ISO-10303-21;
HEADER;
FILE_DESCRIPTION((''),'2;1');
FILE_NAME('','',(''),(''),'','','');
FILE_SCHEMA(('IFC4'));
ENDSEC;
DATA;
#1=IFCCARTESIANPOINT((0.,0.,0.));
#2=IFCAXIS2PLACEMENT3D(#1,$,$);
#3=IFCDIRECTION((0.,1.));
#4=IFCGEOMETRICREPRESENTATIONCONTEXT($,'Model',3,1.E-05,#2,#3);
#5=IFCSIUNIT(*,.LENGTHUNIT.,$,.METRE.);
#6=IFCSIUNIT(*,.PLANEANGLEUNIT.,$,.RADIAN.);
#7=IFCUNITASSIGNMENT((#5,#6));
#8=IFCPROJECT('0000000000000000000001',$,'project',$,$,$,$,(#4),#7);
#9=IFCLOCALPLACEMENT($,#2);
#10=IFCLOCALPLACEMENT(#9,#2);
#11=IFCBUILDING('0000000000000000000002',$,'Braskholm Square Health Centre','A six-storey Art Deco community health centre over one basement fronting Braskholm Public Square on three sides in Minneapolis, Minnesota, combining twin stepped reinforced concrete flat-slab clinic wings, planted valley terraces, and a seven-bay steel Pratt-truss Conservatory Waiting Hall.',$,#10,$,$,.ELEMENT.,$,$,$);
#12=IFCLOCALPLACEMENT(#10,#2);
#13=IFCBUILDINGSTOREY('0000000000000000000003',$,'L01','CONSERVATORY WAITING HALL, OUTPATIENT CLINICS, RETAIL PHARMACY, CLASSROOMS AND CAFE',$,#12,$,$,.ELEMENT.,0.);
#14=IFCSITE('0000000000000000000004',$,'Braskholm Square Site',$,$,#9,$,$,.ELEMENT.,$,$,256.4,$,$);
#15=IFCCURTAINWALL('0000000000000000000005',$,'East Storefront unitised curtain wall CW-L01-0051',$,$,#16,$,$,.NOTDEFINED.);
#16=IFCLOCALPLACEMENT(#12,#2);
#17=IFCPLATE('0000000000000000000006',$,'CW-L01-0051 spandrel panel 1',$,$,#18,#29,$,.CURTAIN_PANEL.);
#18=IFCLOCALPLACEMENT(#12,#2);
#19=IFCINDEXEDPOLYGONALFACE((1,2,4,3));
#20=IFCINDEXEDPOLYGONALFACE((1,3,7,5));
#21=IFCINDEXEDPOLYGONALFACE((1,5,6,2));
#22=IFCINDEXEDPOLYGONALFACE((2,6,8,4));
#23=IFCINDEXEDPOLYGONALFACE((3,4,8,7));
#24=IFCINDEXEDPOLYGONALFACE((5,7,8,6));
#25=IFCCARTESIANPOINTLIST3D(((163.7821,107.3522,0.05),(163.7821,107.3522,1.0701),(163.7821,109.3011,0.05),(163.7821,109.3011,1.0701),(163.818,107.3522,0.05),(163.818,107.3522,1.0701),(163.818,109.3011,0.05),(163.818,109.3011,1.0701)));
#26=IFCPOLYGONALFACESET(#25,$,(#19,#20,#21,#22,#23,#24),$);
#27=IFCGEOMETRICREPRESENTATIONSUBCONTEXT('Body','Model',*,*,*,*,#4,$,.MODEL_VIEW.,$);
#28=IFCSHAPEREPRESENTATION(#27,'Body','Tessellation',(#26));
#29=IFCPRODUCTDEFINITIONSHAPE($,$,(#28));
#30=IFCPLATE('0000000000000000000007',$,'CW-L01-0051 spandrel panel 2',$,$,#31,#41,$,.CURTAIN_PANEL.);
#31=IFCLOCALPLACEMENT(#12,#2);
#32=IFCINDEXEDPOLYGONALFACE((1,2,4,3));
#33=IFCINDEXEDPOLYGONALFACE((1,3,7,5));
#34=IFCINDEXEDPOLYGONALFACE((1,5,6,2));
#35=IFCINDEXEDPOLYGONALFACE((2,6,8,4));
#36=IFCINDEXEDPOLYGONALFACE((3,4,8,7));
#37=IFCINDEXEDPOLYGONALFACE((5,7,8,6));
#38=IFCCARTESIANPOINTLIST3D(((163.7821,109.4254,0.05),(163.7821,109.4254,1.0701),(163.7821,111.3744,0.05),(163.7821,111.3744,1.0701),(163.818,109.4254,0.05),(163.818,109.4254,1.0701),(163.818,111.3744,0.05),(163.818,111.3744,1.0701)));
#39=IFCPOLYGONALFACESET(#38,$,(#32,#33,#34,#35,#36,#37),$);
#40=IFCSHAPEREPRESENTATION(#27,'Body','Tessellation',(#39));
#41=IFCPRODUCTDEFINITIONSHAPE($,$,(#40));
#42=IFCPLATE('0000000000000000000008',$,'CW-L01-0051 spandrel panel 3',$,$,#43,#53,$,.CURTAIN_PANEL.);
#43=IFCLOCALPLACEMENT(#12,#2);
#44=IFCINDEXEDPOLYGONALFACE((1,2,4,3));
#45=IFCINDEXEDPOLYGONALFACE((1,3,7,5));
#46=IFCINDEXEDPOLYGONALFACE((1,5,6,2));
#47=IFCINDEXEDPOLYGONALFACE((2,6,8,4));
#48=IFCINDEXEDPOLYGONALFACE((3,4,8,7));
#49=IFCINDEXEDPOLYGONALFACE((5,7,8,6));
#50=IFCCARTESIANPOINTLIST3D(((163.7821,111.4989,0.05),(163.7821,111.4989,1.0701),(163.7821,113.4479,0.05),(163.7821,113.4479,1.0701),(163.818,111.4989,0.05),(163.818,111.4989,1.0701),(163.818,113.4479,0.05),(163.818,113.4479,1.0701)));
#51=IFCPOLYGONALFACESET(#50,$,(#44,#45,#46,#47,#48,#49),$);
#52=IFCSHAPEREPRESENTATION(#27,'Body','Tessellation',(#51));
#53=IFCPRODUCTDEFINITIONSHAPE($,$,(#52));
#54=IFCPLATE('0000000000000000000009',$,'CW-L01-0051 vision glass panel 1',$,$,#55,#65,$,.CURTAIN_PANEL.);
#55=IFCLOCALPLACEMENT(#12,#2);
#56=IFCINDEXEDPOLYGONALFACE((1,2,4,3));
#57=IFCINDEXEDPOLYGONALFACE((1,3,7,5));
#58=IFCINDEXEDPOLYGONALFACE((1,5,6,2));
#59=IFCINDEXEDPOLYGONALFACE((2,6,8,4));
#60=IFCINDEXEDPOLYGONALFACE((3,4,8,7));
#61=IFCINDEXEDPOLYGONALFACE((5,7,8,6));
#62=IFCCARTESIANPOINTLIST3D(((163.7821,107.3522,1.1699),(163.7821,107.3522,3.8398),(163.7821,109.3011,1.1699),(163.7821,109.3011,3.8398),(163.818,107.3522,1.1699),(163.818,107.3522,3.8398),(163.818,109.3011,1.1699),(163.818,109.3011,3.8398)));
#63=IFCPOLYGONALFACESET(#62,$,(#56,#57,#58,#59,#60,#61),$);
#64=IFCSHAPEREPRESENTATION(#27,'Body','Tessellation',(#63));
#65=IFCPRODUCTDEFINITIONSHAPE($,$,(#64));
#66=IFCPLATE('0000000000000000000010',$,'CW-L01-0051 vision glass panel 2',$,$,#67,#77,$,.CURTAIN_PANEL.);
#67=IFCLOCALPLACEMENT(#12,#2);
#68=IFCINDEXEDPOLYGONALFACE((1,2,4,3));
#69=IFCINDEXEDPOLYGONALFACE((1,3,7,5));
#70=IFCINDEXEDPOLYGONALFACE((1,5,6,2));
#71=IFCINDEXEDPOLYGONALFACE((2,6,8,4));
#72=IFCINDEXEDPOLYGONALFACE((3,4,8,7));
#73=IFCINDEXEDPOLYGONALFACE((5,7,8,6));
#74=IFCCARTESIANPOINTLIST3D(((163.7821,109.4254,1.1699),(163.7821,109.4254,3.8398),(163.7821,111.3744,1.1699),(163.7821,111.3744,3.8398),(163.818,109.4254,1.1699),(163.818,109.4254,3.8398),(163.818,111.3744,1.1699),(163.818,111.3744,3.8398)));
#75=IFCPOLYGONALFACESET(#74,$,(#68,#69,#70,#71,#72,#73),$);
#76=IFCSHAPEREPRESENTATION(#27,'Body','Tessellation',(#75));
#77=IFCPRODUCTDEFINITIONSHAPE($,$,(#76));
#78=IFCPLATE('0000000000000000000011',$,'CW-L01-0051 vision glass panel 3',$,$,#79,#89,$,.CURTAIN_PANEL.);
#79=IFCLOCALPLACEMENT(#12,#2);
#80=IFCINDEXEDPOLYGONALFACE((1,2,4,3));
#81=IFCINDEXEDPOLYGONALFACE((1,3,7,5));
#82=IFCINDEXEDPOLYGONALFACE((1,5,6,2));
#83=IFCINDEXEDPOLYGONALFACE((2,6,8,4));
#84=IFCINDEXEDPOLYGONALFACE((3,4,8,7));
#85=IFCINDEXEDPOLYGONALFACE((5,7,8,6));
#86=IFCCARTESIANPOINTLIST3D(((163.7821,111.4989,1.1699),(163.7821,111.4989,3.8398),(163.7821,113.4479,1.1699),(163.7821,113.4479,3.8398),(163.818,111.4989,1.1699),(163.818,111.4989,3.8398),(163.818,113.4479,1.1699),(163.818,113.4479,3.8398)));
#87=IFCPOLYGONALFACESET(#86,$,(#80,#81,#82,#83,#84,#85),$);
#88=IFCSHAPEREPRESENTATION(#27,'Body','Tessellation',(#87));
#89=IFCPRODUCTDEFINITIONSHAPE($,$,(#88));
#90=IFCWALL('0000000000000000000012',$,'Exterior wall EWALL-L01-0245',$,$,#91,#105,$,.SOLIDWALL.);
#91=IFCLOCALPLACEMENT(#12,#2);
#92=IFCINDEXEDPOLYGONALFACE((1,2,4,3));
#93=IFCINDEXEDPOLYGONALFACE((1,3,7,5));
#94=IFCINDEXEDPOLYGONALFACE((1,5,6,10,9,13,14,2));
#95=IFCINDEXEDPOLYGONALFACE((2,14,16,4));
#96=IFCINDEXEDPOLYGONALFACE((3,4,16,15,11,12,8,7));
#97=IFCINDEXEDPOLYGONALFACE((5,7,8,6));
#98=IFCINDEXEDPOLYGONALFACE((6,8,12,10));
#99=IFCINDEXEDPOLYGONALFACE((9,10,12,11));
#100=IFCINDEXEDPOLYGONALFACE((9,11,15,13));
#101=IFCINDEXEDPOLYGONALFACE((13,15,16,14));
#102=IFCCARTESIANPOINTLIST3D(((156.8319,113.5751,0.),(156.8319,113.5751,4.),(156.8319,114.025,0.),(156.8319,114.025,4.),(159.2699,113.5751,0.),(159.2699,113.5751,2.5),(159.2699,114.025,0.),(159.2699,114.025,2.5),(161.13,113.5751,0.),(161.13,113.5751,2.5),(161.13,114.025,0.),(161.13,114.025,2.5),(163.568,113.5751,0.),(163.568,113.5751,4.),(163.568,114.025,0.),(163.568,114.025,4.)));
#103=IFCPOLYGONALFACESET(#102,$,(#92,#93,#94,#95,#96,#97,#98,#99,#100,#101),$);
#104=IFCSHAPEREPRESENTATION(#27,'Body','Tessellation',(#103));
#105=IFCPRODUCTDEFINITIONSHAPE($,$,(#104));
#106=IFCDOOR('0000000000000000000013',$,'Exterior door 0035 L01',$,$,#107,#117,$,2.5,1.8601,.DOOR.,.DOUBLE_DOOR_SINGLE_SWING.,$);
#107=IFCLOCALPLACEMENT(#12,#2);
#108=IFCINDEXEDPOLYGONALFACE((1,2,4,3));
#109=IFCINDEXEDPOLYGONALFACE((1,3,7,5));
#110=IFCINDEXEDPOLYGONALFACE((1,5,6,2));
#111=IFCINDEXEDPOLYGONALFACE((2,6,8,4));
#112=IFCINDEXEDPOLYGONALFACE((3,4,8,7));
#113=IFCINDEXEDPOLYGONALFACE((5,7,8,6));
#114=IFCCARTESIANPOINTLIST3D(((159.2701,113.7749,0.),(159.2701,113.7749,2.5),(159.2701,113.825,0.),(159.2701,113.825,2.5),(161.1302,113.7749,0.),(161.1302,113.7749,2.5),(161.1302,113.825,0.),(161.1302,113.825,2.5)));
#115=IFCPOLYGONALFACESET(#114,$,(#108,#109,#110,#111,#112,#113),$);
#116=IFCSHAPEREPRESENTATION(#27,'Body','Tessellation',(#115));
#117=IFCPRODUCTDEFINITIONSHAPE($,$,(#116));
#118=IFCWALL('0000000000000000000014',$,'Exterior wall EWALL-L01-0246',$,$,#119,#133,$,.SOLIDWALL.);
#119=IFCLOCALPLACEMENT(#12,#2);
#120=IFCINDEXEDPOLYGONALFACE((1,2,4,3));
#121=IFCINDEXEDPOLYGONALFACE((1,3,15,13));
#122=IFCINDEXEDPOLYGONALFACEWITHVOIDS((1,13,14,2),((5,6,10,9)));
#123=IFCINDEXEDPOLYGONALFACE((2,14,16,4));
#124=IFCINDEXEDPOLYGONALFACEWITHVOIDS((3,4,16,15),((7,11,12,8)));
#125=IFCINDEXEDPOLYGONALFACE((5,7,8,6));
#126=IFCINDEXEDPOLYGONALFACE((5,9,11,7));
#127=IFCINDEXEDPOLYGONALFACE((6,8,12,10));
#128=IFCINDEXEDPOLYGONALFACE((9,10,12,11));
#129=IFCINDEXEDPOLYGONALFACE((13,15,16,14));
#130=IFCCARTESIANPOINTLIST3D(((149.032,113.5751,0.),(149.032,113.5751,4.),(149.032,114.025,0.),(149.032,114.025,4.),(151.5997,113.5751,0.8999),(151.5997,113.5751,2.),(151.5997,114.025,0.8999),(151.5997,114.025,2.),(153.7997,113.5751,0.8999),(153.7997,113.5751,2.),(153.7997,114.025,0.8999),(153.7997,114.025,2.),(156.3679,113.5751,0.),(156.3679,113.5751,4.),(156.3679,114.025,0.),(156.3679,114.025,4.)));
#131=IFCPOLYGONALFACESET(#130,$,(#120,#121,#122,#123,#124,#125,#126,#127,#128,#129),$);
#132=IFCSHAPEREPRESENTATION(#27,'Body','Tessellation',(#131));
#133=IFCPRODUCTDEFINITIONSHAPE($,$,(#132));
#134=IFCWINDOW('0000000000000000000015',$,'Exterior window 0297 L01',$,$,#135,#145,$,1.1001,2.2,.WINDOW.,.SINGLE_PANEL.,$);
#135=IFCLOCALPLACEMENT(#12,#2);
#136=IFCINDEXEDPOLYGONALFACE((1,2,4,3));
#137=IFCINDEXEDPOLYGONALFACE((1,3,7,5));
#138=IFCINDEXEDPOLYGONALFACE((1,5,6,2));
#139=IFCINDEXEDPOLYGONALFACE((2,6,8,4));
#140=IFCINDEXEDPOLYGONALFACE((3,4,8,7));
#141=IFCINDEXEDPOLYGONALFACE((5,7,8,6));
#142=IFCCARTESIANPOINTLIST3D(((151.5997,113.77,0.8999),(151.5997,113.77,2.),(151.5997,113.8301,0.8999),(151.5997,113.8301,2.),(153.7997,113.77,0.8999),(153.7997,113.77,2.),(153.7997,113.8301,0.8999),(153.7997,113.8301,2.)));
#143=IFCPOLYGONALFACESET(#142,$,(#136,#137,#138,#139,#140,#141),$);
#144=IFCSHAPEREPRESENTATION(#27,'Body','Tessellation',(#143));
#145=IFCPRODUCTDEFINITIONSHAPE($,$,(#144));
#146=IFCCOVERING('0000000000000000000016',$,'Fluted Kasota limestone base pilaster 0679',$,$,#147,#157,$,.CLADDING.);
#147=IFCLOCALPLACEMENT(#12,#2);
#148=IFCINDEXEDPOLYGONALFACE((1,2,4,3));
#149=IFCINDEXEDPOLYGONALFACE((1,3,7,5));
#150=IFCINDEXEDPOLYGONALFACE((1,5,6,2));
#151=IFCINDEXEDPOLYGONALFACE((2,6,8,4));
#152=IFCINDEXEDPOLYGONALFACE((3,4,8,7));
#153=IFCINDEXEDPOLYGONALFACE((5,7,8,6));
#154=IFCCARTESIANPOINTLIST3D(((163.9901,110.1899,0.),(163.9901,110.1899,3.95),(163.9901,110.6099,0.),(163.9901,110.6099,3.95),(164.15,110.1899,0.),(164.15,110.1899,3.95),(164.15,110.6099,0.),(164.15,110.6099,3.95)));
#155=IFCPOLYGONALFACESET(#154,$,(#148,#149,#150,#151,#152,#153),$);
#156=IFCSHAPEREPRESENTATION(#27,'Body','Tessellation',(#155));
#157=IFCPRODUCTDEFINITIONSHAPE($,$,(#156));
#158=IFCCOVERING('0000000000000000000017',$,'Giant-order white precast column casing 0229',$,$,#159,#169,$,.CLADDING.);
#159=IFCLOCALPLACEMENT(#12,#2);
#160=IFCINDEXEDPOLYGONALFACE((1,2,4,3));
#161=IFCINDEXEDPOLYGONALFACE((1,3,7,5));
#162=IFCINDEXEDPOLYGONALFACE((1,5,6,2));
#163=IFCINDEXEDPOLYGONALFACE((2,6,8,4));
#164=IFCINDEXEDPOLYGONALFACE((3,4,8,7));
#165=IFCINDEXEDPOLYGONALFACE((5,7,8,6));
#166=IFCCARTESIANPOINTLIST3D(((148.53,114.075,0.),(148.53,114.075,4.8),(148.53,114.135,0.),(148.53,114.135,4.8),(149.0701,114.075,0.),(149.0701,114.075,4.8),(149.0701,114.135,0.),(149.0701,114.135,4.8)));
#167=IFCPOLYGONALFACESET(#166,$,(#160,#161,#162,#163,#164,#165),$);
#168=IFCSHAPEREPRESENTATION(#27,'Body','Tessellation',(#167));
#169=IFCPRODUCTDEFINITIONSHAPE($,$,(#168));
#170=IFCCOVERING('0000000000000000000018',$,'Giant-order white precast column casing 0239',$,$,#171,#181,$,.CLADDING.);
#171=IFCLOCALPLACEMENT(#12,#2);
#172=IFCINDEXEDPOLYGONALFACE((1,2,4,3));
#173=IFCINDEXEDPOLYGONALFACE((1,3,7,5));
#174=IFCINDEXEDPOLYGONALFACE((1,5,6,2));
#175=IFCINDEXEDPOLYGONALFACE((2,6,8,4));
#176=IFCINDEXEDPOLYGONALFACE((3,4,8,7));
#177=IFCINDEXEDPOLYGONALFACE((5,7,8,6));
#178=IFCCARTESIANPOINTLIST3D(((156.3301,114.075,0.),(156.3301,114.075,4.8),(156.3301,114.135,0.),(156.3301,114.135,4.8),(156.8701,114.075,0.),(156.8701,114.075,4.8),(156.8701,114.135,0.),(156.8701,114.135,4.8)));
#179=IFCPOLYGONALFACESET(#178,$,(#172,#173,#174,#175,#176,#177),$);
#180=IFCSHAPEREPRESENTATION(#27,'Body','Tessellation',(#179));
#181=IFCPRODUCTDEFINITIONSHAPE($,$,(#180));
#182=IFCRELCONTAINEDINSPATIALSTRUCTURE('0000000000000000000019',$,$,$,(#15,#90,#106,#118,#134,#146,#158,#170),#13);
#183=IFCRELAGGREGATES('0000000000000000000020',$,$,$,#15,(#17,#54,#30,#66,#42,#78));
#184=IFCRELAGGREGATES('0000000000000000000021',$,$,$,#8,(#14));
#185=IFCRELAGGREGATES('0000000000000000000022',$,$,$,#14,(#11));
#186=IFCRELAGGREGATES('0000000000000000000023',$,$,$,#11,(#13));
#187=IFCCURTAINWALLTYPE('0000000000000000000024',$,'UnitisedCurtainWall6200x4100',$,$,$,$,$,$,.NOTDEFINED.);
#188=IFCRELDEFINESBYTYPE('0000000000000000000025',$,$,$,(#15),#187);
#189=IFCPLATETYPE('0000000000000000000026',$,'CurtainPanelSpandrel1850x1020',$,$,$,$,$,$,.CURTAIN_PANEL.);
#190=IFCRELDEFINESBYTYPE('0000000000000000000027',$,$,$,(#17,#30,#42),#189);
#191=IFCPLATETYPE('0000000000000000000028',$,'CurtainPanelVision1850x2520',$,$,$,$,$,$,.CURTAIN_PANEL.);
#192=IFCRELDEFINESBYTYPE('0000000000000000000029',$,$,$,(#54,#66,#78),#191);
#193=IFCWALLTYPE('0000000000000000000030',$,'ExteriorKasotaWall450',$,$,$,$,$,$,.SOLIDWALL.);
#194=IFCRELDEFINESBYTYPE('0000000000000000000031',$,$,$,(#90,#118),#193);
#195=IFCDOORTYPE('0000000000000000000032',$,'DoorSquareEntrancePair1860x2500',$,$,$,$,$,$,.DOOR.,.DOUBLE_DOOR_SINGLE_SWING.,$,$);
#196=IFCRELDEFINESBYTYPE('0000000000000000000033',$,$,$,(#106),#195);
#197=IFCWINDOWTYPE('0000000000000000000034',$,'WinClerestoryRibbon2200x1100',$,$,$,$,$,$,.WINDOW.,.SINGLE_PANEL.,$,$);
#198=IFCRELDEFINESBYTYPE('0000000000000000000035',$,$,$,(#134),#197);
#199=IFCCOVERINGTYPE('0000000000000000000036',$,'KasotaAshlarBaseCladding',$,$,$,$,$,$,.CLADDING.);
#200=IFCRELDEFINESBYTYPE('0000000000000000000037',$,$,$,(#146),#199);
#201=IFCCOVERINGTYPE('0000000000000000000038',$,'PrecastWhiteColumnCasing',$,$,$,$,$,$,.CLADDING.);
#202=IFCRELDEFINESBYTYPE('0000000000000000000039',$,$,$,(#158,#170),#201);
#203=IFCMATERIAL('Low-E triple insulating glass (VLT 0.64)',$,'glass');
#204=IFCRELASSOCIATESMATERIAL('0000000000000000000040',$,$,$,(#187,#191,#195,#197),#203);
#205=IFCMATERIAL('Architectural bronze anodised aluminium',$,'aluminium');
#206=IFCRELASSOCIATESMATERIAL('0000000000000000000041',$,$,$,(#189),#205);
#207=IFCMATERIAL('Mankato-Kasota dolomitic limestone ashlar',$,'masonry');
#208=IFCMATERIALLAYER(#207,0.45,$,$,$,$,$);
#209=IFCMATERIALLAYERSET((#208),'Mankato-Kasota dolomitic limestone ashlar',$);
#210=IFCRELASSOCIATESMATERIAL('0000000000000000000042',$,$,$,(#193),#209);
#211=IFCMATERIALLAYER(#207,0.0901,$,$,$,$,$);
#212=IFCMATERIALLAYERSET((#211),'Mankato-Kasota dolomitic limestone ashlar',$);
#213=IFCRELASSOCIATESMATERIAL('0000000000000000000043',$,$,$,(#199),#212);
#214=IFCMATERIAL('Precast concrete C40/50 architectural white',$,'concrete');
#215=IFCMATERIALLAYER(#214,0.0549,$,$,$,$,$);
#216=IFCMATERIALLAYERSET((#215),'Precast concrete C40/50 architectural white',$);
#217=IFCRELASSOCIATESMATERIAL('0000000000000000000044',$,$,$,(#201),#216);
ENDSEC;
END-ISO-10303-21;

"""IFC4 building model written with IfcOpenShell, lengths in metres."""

from ifc_helpers import new_model, si_unit, direction, frame, frame_2d, origin, origin_with_axes, origin_2d, place, context, subcontext, project, spatial, rectangle, extrude, material, layer, layer_set, type_object, element, fill, aggregate, save


model = new_model("IFC4")

# Units and contexts
model_context = context("Model", 3, precision=1e-05, world=origin(), true_north=direction((0.0, 1.0)))
body_context = subcontext(model_context, "Body", "Model", "MODEL_VIEW")
ifc_project = project(units=[si_unit("LENGTHUNIT", "METRE"), si_unit("PLANEANGLEUNIT", "RADIAN")], contexts=[model_context])

# Site, building, storey
site_placement = place(None, origin())
site = spatial("IfcSite", under=ifc_project, at=site_placement, Name="Braskholm Square Site", CompositionType="ELEMENT", RefElevation=256.4)
building_placement = place(site_placement, origin())
building = spatial("IfcBuilding", under=site, at=building_placement, Name="Braskholm Square Health Centre", Description="A six-storey Art Deco community health centre over one basement fronting Braskholm Public Square on three sides in Minneapolis, Minnesota, combining twin stepped reinforced concrete flat-slab clinic wings, planted valley terraces, and a seven-bay steel Pratt-truss Conservatory Waiting Hall.", CompositionType="ELEMENT")
storey_placement = place(building_placement, origin())
storey = spatial("IfcBuildingStorey", under=building, at=storey_placement, Name="L01", Description="CONSERVATORY WAITING HALL, OUTPATIENT CLINICS, RETAIL PHARMACY, CLASSROOMS AND CAFE", CompositionType="ELEMENT", Elevation=0.0)

# Shared definitions
ifc_material_1 = material(Name="Precast concrete C40/50 architectural white", Category="concrete")

# Curtain wall
ifc_material_2 = material(Name="Low-E triple insulating glass (VLT 0.64)", Category="glass")
curtain_wall_type = type_object("IfcCurtainWallType", Name="UnitisedCurtainWall6200x4100", PredefinedType="NOTDEFINED", material=ifc_material_2)
curtain_wall_placement = place(storey_placement, origin())
curtain_wall = element("IfcCurtainWall", 1, at=curtain_wall_placement, inside=storey, type_object=curtain_wall_type, Name="East Storefront unitised curtain wall CW-L01-0051", PredefinedType="NOTDEFINED")
ifc_material_3 = material(Name="Architectural bronze anodised aluminium", Category="aluminium")

# Plates
plate_type_1 = type_object("IfcPlateType", Name="CurtainPanelSpandrel1850x1020", PredefinedType="CURTAIN_PANEL", material=ifc_material_3)
plate_1_placement = place(storey_placement, frame((163.8, 108.3267, 0.05), z_axis=(0.0, 0.0, 1.0), x_axis=(0.0, 1.0, 0.0)))
plate_1 = element("IfcPlate", 2, at=plate_1_placement, type_object=plate_type_1, Name="CW-L01-0051 spandrel panel 1", PredefinedType="CURTAIN_PANEL", context=body_context, shape_type="SweptSolid", body=[
    extrude(rectangle(XDim=1.949, YDim=0.0359, at=origin_2d()), origin(), (0.0, 0.0, 1.0), 1.02),
])
plate_2_placement = place(storey_placement, frame((163.8, 110.3999, 0.05), z_axis=(0.0, 0.0, 1.0), x_axis=(0.0, 1.0, 0.0)))
plate_2 = element("IfcPlate", 3, at=plate_2_placement, type_object=plate_type_1, Name="CW-L01-0051 spandrel panel 2", PredefinedType="CURTAIN_PANEL", context=body_context, shape_type="SweptSolid", body=[
    extrude(rectangle(XDim=1.949, YDim=0.0359, at=origin_2d()), origin(), (0.0, 0.0, 1.0), 1.02),
])
plate_3_placement = place(storey_placement, frame((163.8, 112.4734, 0.05), z_axis=(0.0, 0.0, 1.0), x_axis=(0.0, 1.0, 0.0)))
plate_3 = element("IfcPlate", 4, at=plate_3_placement, type_object=plate_type_1, Name="CW-L01-0051 spandrel panel 3", PredefinedType="CURTAIN_PANEL", context=body_context, shape_type="SweptSolid", body=[
    extrude(rectangle(XDim=1.949, YDim=0.0359, at=origin_2d()), origin(), (0.0, 0.0, 1.0), 1.02),
])
plate_type_2 = type_object("IfcPlateType", Name="CurtainPanelVision1850x2520", PredefinedType="CURTAIN_PANEL", material=ifc_material_2)
plate_4_placement = place(storey_placement, frame((163.8, 108.3267, 1.1699), z_axis=(0.0, 0.0, 1.0), x_axis=(0.0, 1.0, 0.0)))
plate_4 = element("IfcPlate", 5, at=plate_4_placement, type_object=plate_type_2, Name="CW-L01-0051 vision glass panel 1", PredefinedType="CURTAIN_PANEL", context=body_context, shape_type="SweptSolid", body=[
    extrude(rectangle(XDim=1.949, YDim=0.0359, at=origin_2d()), origin(), (0.0, 0.0, 1.0), 2.6699),
])
plate_5_placement = place(storey_placement, frame((163.8, 110.3999, 1.1699), z_axis=(0.0, 0.0, 1.0), x_axis=(0.0, 1.0, 0.0)))
plate_5 = element("IfcPlate", 6, at=plate_5_placement, type_object=plate_type_2, Name="CW-L01-0051 vision glass panel 2", PredefinedType="CURTAIN_PANEL", context=body_context, shape_type="SweptSolid", body=[
    extrude(rectangle(XDim=1.949, YDim=0.0359, at=origin_2d()), origin(), (0.0, 0.0, 1.0), 2.6699),
])
plate_6_placement = place(storey_placement, frame((163.8, 112.4734, 1.1699), z_axis=(0.0, 0.0, 1.0), x_axis=(0.0, 1.0, 0.0)))
plate_6 = element("IfcPlate", 7, at=plate_6_placement, type_object=plate_type_2, Name="CW-L01-0051 vision glass panel 3", PredefinedType="CURTAIN_PANEL", context=body_context, shape_type="SweptSolid", body=[
    extrude(rectangle(XDim=1.949, YDim=0.0359, at=origin_2d()), origin(), (0.0, 0.0, 1.0), 2.6699),
])
aggregate(curtain_wall, [plate_1, plate_4, plate_2, plate_5, plate_3, plate_6])

# Wall, opening, door
ifc_material_4 = material(Name="Mankato-Kasota dolomitic limestone ashlar", Category="masonry")
ifc_layer_1 = layer(ifc_material_4, 0.45)
ifc_layer_set_1 = layer_set([ifc_layer_1], Name="Mankato-Kasota dolomitic limestone ashlar")
wall_type = type_object("IfcWallType", Name="ExteriorKasotaWall450", PredefinedType="SOLIDWALL", material=ifc_layer_set_1)
wall_1_placement = place(storey_placement, frame((163.5681, 113.8, 0.0), z_axis=(0.0, 0.0, 1.0), x_axis=(-1.0, 0.0, 0.0)))
wall_1 = element("IfcWall", 8, at=wall_1_placement, inside=storey, type_object=wall_type, Name="Exterior wall EWALL-L01-0245", PredefinedType="SOLIDWALL", context=body_context, shape_type="SweptSolid", body=[
    extrude(rectangle(XDim=6.7361, YDim=0.45, at=frame_2d((3.3682, 0.0))), origin(), (0.0, 0.0, 1.0), 4.0),
])
opening_1_placement = place(wall_1_placement, frame((2.438, 0.0, 0.0)))
opening_1 = element("IfcOpeningElement", 9, at=opening_1_placement, cuts=wall_1, PredefinedType="OPENING", context=body_context, shape_type="SweptSolid", body=[
    extrude(rectangle(XDim=1.8601, YDim=2.5, at=frame_2d((0.9302, 1.25))), frame((0.0, 0.2349, 0.0), z_axis=(0.0, -1.0, 0.0), x_axis=(1.0, 0.0, 0.0)), (0.0, 0.0, 1.0), 0.47),
])
door_type = type_object("IfcDoorType", Name="DoorSquareEntrancePair1860x2500", OperationType="DOUBLE_DOOR_SINGLE_SWING", PredefinedType="DOOR", material=ifc_material_2)
door_placement = place(opening_1_placement, frame((1.8601, 0.0, 0.0), z_axis=(0.0, 0.0, 1.0), x_axis=(-1.0, 0.0, 0.0)))
door = element("IfcDoor", 10, at=door_placement, inside=storey, type_object=door_type, Name="Exterior door 0035 L01", OperationType="DOUBLE_DOOR_SINGLE_SWING", OverallHeight=2.5, OverallWidth=1.8601, PredefinedType="DOOR", context=body_context, shape_type="SweptSolid", body=[
    extrude(rectangle(XDim=1.8601, YDim=2.5, at=frame_2d((0.9302, 1.25))), frame((0.0, 0.0249, 0.0), z_axis=(0.0, -1.0, 0.0), x_axis=(1.0, 0.0, 0.0)), (0.0, 0.0, 1.0), 0.05),
])
fill(opening_1, door)

# Wall, opening, window
wall_2_placement = place(storey_placement, frame((156.3679, 113.8, 0.0), z_axis=(0.0, 0.0, 1.0), x_axis=(-1.0, 0.0, 0.0)))
wall_2 = element("IfcWall", 11, at=wall_2_placement, inside=storey, type_object=wall_type, Name="Exterior wall EWALL-L01-0246", PredefinedType="SOLIDWALL", context=body_context, shape_type="SweptSolid", body=[
    extrude(rectangle(XDim=7.3359, YDim=0.45, at=frame_2d((3.668, 0.0))), origin(), (0.0, 0.0, 1.0), 4.0),
])
opening_2_placement = place(wall_2_placement, frame((2.5681, 0.0, 0.8999)))
opening_2 = element("IfcOpeningElement", 12, at=opening_2_placement, cuts=wall_2, PredefinedType="OPENING", context=body_context, shape_type="SweptSolid", body=[
    extrude(rectangle(XDim=2.2, YDim=1.1001, at=frame_2d((1.1001, 0.55))), frame((0.0, 0.2349, 0.0), z_axis=(0.0, -1.0, 0.0), x_axis=(1.0, 0.0, 0.0)), (0.0, 0.0, 1.0), 0.47),
])
window_type = type_object("IfcWindowType", Name="WinClerestoryRibbon2200x1100", PartitioningType="SINGLE_PANEL", PredefinedType="WINDOW", material=ifc_material_2)
window_placement = place(opening_2_placement, origin_with_axes())
window = element("IfcWindow", 13, at=window_placement, inside=storey, type_object=window_type, Name="Exterior window 0297 L01", OverallHeight=1.1001, OverallWidth=2.2, PartitioningType="SINGLE_PANEL", PredefinedType="WINDOW", context=body_context, shape_type="SweptSolid", body=[
    extrude(rectangle(XDim=2.2, YDim=1.1001, at=frame_2d((1.1001, 0.55))), frame((0.0, 0.03, 0.0), z_axis=(0.0, -1.0, 0.0), x_axis=(1.0, 0.0, 0.0)), (0.0, 0.0, 1.0), 0.0601),
])
fill(opening_2, window)

# Coverings
ifc_layer_2 = layer(ifc_material_4, 0.0901)
ifc_layer_set_2 = layer_set([ifc_layer_2], Name="Mankato-Kasota dolomitic limestone ashlar")
covering_type_1 = type_object("IfcCoveringType", Name="KasotaAshlarBaseCladding", PredefinedType="CLADDING", material=ifc_layer_set_2)
covering_1_placement = place(storey_placement, frame((164.0701, 110.3999, 0.0), z_axis=(0.0, 0.0, 1.0), x_axis=(1.0, 0.0, 0.0)))
element("IfcCovering", 14, at=covering_1_placement, inside=storey, type_object=covering_type_1, Name="Fluted Kasota limestone base pilaster 0679", PredefinedType="CLADDING", context=body_context, shape_type="SweptSolid", body=[
    extrude(rectangle(XDim=0.1599, YDim=0.4199, at=origin_2d()), origin(), (0.0, 0.0, 1.0), 3.95),
])
ifc_layer_3 = layer(ifc_material_1, 0.0549)
ifc_layer_set_3 = layer_set([ifc_layer_3], Name="Precast concrete C40/50 architectural white")
covering_type_2 = type_object("IfcCoveringType", Name="PrecastWhiteColumnCasing", PredefinedType="CLADDING", material=ifc_layer_set_3)
for number, where, z_axis, x_axis, name in (
    (15, (148.8, 114.105, 0.0), (0.0, 0.0, 1.0), (1.0, 0.0, 0.0), "Giant-order white precast column casing 0229"),
    (16, (156.6001, 114.105, 0.0), (0.0, 0.0, 1.0), (1.0, 0.0, 0.0), "Giant-order white precast column casing 0239"),
):
    element("IfcCovering", number, at=place(storey_placement, frame(where, z_axis=z_axis, x_axis=x_axis)), inside=storey, type_object=covering_type_2, Name=name, PredefinedType="CLADDING", context=body_context, shape_type="SweptSolid", body=[
        extrude(rectangle(XDim=0.54, YDim=0.0601, at=origin_2d()), origin(), (0.0, 0.0, 1.0), 4.8),
    ])

save(model, "model.ifc")
